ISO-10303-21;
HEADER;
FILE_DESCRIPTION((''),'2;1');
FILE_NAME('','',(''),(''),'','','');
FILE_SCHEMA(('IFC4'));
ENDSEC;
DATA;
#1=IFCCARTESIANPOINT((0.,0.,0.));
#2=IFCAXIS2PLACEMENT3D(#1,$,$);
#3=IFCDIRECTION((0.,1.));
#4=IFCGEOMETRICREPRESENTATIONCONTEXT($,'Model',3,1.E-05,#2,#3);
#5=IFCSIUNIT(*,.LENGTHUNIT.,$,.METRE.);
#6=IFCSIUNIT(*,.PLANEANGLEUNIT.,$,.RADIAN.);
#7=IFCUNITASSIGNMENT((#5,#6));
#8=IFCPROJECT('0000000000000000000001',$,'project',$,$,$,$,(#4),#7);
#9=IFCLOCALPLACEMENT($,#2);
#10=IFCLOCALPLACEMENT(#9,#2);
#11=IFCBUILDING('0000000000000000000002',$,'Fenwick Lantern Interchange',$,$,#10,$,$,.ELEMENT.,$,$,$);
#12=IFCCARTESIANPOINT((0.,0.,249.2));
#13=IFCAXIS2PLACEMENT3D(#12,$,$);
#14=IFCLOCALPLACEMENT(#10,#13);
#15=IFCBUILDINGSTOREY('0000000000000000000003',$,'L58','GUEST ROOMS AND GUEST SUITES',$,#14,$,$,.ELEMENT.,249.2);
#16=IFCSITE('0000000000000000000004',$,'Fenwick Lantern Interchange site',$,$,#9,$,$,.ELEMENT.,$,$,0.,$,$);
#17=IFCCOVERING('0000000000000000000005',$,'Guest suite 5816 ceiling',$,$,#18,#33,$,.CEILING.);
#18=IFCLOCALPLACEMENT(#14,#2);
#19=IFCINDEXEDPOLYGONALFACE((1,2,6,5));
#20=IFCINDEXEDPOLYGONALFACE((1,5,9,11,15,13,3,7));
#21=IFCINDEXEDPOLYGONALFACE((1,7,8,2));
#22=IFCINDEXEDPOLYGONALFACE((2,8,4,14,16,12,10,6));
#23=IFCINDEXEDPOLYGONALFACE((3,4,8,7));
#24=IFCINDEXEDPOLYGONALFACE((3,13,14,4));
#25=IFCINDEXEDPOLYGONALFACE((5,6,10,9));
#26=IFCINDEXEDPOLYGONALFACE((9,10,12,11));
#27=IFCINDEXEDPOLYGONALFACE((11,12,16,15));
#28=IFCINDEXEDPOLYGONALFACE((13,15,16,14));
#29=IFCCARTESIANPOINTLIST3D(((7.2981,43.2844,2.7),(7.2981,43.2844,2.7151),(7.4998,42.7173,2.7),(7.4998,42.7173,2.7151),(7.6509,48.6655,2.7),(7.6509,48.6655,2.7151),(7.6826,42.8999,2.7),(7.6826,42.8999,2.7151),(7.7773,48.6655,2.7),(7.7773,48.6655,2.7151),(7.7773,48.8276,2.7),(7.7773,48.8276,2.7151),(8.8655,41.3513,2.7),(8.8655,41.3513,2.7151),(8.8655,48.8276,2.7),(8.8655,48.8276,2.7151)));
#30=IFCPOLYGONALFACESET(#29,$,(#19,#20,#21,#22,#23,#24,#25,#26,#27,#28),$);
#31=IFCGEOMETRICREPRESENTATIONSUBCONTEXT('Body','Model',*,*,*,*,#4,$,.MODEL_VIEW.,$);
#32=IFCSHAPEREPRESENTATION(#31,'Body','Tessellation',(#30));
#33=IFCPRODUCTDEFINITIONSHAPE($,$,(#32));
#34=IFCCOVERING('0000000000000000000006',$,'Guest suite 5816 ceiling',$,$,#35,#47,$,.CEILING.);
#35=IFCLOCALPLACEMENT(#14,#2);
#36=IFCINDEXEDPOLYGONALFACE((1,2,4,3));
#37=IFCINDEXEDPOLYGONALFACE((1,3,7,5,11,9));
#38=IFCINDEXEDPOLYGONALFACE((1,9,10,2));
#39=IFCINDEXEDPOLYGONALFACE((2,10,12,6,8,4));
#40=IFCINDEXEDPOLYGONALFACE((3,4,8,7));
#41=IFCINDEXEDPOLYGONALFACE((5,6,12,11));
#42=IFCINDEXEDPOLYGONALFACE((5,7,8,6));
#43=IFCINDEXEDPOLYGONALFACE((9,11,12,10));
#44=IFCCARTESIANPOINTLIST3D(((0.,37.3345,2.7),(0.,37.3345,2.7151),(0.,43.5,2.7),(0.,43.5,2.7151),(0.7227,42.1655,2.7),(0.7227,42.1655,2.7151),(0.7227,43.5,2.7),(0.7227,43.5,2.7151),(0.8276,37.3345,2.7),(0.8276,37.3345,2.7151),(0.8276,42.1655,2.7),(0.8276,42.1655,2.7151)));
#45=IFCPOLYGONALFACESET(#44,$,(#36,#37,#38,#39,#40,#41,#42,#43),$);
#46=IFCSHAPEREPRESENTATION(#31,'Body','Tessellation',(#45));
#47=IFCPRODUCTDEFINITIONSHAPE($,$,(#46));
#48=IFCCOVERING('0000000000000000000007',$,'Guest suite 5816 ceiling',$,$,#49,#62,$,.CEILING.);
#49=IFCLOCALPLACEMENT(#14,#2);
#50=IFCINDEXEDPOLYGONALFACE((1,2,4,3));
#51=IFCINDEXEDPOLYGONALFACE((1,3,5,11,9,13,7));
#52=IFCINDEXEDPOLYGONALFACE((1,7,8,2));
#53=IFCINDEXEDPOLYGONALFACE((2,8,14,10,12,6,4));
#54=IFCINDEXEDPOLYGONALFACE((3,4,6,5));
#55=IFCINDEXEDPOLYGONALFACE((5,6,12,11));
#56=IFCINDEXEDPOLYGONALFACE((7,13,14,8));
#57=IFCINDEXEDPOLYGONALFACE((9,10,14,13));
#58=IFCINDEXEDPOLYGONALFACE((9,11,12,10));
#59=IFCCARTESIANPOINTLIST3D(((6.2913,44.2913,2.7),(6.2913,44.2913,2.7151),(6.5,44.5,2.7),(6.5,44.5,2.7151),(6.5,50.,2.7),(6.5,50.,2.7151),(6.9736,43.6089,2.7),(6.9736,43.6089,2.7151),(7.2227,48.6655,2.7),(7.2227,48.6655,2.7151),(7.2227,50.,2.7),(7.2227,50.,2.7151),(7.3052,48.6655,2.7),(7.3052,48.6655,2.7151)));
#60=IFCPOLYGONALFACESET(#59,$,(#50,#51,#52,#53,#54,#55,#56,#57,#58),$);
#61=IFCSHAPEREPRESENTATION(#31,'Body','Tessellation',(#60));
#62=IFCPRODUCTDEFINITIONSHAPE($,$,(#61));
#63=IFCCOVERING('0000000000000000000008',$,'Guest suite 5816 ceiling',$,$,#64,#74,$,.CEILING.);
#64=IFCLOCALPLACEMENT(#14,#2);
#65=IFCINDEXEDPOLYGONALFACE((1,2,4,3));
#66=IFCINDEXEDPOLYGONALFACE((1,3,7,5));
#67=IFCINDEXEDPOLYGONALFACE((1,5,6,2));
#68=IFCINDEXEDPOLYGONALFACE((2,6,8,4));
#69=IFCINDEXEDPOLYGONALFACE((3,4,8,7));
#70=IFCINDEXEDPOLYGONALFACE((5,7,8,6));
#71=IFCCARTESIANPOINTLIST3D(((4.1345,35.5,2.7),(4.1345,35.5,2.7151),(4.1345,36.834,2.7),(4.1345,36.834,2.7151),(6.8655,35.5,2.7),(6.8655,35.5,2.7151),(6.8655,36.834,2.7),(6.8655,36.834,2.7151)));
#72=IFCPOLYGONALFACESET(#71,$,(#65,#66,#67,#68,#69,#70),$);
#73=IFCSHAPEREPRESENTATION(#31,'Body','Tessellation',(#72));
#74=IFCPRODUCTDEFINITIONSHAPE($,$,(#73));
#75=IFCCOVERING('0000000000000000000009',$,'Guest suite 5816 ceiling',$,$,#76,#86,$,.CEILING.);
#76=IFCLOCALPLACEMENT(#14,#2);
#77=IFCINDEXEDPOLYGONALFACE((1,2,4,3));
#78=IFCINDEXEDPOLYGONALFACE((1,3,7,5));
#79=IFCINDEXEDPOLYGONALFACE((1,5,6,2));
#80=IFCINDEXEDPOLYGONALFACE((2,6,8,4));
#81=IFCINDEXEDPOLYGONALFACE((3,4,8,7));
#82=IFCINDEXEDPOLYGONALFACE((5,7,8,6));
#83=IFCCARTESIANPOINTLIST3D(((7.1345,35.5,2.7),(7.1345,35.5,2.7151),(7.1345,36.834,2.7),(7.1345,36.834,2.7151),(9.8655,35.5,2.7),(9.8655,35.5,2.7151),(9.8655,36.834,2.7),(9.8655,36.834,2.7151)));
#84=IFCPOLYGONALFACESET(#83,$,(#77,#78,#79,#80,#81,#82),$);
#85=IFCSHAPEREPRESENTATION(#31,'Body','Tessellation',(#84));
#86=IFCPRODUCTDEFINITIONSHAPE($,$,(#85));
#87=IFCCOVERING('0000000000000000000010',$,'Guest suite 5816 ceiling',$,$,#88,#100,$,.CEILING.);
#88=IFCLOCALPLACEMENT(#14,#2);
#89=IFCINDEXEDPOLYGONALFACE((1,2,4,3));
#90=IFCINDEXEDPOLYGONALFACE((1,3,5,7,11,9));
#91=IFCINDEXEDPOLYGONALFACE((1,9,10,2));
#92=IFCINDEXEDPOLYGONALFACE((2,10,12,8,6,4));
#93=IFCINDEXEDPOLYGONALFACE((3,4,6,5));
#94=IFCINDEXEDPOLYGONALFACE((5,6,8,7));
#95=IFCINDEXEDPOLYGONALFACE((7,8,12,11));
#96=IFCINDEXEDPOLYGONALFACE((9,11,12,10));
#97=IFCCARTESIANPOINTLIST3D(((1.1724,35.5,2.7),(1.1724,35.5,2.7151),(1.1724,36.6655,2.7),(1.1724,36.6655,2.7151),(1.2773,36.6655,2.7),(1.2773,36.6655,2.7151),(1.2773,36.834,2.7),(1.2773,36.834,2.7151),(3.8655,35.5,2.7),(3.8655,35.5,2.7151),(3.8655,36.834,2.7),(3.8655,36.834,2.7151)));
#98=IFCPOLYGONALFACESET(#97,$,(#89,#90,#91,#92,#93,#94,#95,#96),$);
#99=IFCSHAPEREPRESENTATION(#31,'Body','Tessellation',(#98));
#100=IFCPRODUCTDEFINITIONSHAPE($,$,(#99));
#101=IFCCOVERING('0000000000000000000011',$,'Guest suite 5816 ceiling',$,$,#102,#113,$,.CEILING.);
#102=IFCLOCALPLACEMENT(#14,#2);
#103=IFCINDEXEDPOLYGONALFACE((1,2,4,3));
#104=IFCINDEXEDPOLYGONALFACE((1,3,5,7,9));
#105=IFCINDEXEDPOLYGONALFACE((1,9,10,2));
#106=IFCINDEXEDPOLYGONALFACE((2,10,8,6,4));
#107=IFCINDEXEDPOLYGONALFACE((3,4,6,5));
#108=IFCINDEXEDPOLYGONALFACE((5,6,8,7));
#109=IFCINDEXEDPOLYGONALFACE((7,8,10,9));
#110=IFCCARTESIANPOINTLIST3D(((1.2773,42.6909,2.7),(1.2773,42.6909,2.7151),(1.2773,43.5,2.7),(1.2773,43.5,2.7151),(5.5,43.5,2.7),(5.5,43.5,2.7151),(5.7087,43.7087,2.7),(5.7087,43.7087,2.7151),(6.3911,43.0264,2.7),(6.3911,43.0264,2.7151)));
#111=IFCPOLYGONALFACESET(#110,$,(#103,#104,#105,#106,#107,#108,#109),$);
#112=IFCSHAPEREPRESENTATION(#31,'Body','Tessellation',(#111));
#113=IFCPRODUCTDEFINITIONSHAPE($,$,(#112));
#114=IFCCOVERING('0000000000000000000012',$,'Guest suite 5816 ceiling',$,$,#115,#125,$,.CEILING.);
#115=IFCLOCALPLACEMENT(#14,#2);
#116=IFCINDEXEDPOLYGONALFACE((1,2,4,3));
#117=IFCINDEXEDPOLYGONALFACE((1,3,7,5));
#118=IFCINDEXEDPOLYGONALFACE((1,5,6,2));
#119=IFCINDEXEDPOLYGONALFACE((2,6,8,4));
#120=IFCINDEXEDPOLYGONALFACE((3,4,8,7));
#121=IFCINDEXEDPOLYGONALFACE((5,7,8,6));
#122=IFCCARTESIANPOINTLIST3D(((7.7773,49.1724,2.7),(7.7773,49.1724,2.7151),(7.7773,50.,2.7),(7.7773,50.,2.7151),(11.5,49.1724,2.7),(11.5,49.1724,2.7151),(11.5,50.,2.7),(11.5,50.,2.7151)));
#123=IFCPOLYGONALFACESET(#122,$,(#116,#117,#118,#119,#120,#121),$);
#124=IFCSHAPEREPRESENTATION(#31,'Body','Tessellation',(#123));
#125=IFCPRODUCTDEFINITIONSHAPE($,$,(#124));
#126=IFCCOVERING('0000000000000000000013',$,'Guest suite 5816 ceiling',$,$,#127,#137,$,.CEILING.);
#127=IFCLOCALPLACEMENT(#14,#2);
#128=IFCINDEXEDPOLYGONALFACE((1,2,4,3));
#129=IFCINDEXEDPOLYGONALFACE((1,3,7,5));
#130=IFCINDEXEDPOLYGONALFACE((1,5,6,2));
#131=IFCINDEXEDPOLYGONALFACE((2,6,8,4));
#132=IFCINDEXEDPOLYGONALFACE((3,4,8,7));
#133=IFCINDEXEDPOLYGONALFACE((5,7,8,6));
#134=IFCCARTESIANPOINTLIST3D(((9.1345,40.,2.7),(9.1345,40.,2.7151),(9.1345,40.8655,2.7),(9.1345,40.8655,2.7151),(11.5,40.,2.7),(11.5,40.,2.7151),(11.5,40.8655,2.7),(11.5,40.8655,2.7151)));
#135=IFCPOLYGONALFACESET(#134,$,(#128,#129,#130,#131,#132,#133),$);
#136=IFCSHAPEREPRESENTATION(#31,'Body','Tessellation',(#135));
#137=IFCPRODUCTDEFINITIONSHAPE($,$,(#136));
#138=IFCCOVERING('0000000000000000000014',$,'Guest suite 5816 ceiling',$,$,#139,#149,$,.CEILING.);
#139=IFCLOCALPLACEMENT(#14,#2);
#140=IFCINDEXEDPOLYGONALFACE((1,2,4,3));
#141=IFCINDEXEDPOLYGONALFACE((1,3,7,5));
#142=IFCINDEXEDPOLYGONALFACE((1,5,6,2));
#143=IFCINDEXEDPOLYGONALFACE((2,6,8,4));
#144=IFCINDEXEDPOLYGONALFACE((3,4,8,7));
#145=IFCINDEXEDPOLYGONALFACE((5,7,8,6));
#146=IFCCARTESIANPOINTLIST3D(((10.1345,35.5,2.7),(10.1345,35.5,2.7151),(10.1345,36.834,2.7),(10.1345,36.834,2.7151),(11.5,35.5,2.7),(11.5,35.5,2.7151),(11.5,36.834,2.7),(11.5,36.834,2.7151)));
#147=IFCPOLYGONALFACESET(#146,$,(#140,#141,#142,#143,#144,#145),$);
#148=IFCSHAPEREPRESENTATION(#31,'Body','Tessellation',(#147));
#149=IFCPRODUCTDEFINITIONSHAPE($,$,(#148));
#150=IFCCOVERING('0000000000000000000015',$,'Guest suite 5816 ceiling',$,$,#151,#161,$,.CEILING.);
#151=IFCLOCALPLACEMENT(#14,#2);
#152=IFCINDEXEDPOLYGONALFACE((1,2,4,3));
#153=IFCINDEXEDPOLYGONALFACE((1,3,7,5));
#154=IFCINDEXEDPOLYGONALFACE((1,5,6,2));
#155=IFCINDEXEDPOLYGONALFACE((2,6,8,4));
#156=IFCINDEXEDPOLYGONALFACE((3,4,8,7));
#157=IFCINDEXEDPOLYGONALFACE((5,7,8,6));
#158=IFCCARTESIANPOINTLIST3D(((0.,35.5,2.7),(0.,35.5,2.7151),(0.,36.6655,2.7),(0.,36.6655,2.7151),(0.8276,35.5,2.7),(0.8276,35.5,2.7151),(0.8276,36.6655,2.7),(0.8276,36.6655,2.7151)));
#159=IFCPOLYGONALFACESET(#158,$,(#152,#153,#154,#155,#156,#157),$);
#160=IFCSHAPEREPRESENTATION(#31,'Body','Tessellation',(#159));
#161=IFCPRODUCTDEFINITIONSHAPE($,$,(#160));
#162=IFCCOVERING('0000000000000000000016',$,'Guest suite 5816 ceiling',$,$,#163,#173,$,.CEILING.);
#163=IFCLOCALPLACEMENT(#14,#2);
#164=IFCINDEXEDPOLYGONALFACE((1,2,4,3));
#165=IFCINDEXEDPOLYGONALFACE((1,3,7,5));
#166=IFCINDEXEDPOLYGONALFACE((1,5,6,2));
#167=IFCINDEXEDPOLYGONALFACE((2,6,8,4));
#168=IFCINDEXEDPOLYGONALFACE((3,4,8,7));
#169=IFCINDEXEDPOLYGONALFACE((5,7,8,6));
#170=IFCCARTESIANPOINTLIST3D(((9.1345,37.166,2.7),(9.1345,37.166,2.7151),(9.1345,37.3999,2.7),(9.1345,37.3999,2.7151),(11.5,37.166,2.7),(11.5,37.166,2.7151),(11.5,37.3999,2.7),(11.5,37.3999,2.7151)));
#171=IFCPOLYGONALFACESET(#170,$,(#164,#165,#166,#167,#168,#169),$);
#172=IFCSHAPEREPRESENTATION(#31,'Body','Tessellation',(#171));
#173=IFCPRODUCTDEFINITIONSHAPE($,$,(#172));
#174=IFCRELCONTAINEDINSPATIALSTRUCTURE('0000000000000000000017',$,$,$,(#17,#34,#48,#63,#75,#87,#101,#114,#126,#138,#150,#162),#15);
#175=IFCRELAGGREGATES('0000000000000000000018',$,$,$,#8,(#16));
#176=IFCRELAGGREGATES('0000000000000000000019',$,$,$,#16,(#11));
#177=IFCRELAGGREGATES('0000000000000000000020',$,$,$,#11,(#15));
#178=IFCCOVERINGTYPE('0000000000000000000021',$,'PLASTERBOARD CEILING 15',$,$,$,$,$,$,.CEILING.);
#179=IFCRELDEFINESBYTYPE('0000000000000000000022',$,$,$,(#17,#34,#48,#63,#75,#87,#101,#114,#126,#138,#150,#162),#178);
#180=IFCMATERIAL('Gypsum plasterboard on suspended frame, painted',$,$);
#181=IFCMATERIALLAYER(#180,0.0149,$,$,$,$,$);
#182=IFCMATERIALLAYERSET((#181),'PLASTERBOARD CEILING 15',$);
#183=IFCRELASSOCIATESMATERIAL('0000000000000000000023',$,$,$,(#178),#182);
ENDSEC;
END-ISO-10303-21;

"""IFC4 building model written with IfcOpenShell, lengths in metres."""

from ifc_helpers import new_model, si_unit, direction, frame, origin, place, context, subcontext, project, spatial, polyline, outline, extrude, material, layer, layer_set, type_object, element, save


model = new_model("IFC4")

# Units and contexts
model_context = context("Model", 3, precision=1e-05, world=origin(), true_north=direction((0.0, 1.0)))
body_context = subcontext(model_context, "Body", "Model", "MODEL_VIEW")
ifc_project = project(units=[si_unit("LENGTHUNIT", "METRE"), si_unit("PLANEANGLEUNIT", "RADIAN")], contexts=[model_context])

# Site, building, storey
site_placement = place(None, origin())
site = spatial("IfcSite", under=ifc_project, at=site_placement, Name="Fenwick Lantern Interchange site", CompositionType="ELEMENT", RefElevation=0.0)
building_placement = place(site_placement, origin())
building = spatial("IfcBuilding", under=site, at=building_placement, Name="Fenwick Lantern Interchange", CompositionType="ELEMENT")
storey_placement = place(building_placement, frame((0.0, 0.0, 249.2)))
storey = spatial("IfcBuildingStorey", under=building, at=storey_placement, Name="L58", Description="GUEST ROOMS AND GUEST SUITES", CompositionType="ELEMENT", Elevation=249.2)

# Coverings
ifc_material = material(Name="Gypsum plasterboard on suspended frame, painted")
ifc_layer = layer(ifc_material, 0.0149)
ifc_layer_set = layer_set([ifc_layer], Name="PLASTERBOARD CEILING 15")
covering_type = type_object("IfcCoveringType", Name="PLASTERBOARD CEILING 15", PredefinedType="CEILING", material=ifc_layer_set)
covering_1_placement = place(storey_placement, frame((0.0, 0.0, 2.7)))
element("IfcCovering", 1, at=covering_1_placement, inside=storey, type_object=covering_type, Name="Guest suite 5816 ceiling", PredefinedType="CEILING", context=body_context, shape_type="SweptSolid", body=[
    extrude(outline(polyline([(7.7773, 48.6655), (7.6509, 48.6655), (7.2981, 43.2844), (7.6826, 42.8999), (7.4998, 42.7173), (8.8655, 41.3513), (8.8655, 48.8276), (7.7773, 48.8276), (7.7773, 48.6655)])), origin(), (0.0, 0.0, 1.0), 0.0151),
])
covering_2_placement = place(storey_placement, frame((0.0, 0.0, 2.7)))
element("IfcCovering", 2, at=covering_2_placement, inside=storey, type_object=covering_type, Name="Guest suite 5816 ceiling", PredefinedType="CEILING", context=body_context, shape_type="SweptSolid", body=[
    extrude(outline(polyline([(0.0, 37.3345), (0.8276, 37.3345), (0.8276, 42.1655), (0.7227, 42.1655), (0.7227, 43.5), (0.0, 43.5), (0.0, 37.3345)])), origin(), (0.0, 0.0, 1.0), 0.0151),
])
covering_3_placement = place(storey_placement, frame((0.0, 0.0, 2.7)))
element("IfcCovering", 3, at=covering_3_placement, inside=storey, type_object=covering_type, Name="Guest suite 5816 ceiling", PredefinedType="CEILING", context=body_context, shape_type="SweptSolid", body=[
    extrude(outline(polyline([(7.3052, 48.6655), (7.2227, 48.6655), (7.2227, 50.0), (6.5, 50.0), (6.5, 44.5), (6.2913, 44.2913), (6.9736, 43.6089), (7.3052, 48.6655)])), origin(), (0.0, 0.0, 1.0), 0.0151),
])
covering_4_placement = place(storey_placement, frame((0.0, 0.0, 2.7)))
element("IfcCovering", 4, at=covering_4_placement, inside=storey, type_object=covering_type, Name="Guest suite 5816 ceiling", PredefinedType="CEILING", context=body_context, shape_type="SweptSolid", body=[
    extrude(outline(polyline([(4.1345, 35.5), (6.8655, 35.5), (6.8655, 36.834), (4.1345, 36.834), (4.1345, 35.5)])), origin(), (0.0, 0.0, 1.0), 0.0151),
])
covering_5_placement = place(storey_placement, frame((0.0, 0.0, 2.7)))
element("IfcCovering", 5, at=covering_5_placement, inside=storey, type_object=covering_type, Name="Guest suite 5816 ceiling", PredefinedType="CEILING", context=body_context, shape_type="SweptSolid", body=[
    extrude(outline(polyline([(7.1345, 35.5), (9.8655, 35.5), (9.8655, 36.834), (7.1345, 36.834), (7.1345, 35.5)])), origin(), (0.0, 0.0, 1.0), 0.0151),
])
covering_6_placement = place(storey_placement, frame((0.0, 0.0, 2.7)))
element("IfcCovering", 6, at=covering_6_placement, inside=storey, type_object=covering_type, Name="Guest suite 5816 ceiling", PredefinedType="CEILING", context=body_context, shape_type="SweptSolid", body=[
    extrude(outline(polyline([(1.1724, 35.5), (3.8655, 35.5), (3.8655, 36.834), (1.2773, 36.834), (1.2773, 36.6655), (1.1724, 36.6655), (1.1724, 35.5)])), origin(), (0.0, 0.0, 1.0), 0.0151),
])
covering_7_placement = place(storey_placement, frame((0.0, 0.0, 2.7)))
element("IfcCovering", 7, at=covering_7_placement, inside=storey, type_object=covering_type, Name="Guest suite 5816 ceiling", PredefinedType="CEILING", context=body_context, shape_type="SweptSolid", body=[
    extrude(outline(polyline([(1.2773, 43.5), (1.2773, 42.6909), (6.3911, 43.0264), (5.7087, 43.7087), (5.5, 43.5), (1.2773, 43.5)])), origin(), (0.0, 0.0, 1.0), 0.0151),
])
covering_8_placement = place(storey_placement, frame((0.0, 0.0, 2.7)))
element("IfcCovering", 8, at=covering_8_placement, inside=storey, type_object=covering_type, Name="Guest suite 5816 ceiling", PredefinedType="CEILING", context=body_context, shape_type="SweptSolid", body=[
    extrude(outline(polyline([(7.7773, 50.0), (7.7773, 49.1724), (11.5, 49.1724), (11.5, 50.0), (7.7773, 50.0)])), origin(), (0.0, 0.0, 1.0), 0.0151),
])
covering_9_placement = place(storey_placement, frame((0.0, 0.0, 2.7)))
element("IfcCovering", 9, at=covering_9_placement, inside=storey, type_object=covering_type, Name="Guest suite 5816 ceiling", PredefinedType="CEILING", context=body_context, shape_type="SweptSolid", body=[
    extrude(outline(polyline([(11.5, 40.0), (11.5, 40.8655), (9.1345, 40.8655), (9.1345, 40.0), (11.5, 40.0)])), origin(), (0.0, 0.0, 1.0), 0.0151),
])
covering_10_placement = place(storey_placement, frame((0.0, 0.0, 2.7)))
element("IfcCovering", 10, at=covering_10_placement, inside=storey, type_object=covering_type, Name="Guest suite 5816 ceiling", PredefinedType="CEILING", context=body_context, shape_type="SweptSolid", body=[
    extrude(outline(polyline([(11.5, 35.5), (11.5, 36.834), (10.1345, 36.834), (10.1345, 35.5), (11.5, 35.5)])), origin(), (0.0, 0.0, 1.0), 0.0151),
])
covering_11_placement = place(storey_placement, frame((0.0, 0.0, 2.7)))
element("IfcCovering", 11, at=covering_11_placement, inside=storey, type_object=covering_type, Name="Guest suite 5816 ceiling", PredefinedType="CEILING", context=body_context, shape_type="SweptSolid", body=[
    extrude(outline(polyline([(0.0, 35.5), (0.8276, 35.5), (0.8276, 36.6655), (0.0, 36.6655), (0.0, 35.5)])), origin(), (0.0, 0.0, 1.0), 0.0151),
])
covering_12_placement = place(storey_placement, frame((0.0, 0.0, 2.7)))
element("IfcCovering", 12, at=covering_12_placement, inside=storey, type_object=covering_type, Name="Guest suite 5816 ceiling", PredefinedType="CEILING", context=body_context, shape_type="SweptSolid", body=[
    extrude(outline(polyline([(11.5, 37.3999), (9.1345, 37.3999), (9.1345, 37.166), (11.5, 37.166), (11.5, 37.3999)])), origin(), (0.0, 0.0, 1.0), 0.0151),
])

save(model, "model.ifc")
